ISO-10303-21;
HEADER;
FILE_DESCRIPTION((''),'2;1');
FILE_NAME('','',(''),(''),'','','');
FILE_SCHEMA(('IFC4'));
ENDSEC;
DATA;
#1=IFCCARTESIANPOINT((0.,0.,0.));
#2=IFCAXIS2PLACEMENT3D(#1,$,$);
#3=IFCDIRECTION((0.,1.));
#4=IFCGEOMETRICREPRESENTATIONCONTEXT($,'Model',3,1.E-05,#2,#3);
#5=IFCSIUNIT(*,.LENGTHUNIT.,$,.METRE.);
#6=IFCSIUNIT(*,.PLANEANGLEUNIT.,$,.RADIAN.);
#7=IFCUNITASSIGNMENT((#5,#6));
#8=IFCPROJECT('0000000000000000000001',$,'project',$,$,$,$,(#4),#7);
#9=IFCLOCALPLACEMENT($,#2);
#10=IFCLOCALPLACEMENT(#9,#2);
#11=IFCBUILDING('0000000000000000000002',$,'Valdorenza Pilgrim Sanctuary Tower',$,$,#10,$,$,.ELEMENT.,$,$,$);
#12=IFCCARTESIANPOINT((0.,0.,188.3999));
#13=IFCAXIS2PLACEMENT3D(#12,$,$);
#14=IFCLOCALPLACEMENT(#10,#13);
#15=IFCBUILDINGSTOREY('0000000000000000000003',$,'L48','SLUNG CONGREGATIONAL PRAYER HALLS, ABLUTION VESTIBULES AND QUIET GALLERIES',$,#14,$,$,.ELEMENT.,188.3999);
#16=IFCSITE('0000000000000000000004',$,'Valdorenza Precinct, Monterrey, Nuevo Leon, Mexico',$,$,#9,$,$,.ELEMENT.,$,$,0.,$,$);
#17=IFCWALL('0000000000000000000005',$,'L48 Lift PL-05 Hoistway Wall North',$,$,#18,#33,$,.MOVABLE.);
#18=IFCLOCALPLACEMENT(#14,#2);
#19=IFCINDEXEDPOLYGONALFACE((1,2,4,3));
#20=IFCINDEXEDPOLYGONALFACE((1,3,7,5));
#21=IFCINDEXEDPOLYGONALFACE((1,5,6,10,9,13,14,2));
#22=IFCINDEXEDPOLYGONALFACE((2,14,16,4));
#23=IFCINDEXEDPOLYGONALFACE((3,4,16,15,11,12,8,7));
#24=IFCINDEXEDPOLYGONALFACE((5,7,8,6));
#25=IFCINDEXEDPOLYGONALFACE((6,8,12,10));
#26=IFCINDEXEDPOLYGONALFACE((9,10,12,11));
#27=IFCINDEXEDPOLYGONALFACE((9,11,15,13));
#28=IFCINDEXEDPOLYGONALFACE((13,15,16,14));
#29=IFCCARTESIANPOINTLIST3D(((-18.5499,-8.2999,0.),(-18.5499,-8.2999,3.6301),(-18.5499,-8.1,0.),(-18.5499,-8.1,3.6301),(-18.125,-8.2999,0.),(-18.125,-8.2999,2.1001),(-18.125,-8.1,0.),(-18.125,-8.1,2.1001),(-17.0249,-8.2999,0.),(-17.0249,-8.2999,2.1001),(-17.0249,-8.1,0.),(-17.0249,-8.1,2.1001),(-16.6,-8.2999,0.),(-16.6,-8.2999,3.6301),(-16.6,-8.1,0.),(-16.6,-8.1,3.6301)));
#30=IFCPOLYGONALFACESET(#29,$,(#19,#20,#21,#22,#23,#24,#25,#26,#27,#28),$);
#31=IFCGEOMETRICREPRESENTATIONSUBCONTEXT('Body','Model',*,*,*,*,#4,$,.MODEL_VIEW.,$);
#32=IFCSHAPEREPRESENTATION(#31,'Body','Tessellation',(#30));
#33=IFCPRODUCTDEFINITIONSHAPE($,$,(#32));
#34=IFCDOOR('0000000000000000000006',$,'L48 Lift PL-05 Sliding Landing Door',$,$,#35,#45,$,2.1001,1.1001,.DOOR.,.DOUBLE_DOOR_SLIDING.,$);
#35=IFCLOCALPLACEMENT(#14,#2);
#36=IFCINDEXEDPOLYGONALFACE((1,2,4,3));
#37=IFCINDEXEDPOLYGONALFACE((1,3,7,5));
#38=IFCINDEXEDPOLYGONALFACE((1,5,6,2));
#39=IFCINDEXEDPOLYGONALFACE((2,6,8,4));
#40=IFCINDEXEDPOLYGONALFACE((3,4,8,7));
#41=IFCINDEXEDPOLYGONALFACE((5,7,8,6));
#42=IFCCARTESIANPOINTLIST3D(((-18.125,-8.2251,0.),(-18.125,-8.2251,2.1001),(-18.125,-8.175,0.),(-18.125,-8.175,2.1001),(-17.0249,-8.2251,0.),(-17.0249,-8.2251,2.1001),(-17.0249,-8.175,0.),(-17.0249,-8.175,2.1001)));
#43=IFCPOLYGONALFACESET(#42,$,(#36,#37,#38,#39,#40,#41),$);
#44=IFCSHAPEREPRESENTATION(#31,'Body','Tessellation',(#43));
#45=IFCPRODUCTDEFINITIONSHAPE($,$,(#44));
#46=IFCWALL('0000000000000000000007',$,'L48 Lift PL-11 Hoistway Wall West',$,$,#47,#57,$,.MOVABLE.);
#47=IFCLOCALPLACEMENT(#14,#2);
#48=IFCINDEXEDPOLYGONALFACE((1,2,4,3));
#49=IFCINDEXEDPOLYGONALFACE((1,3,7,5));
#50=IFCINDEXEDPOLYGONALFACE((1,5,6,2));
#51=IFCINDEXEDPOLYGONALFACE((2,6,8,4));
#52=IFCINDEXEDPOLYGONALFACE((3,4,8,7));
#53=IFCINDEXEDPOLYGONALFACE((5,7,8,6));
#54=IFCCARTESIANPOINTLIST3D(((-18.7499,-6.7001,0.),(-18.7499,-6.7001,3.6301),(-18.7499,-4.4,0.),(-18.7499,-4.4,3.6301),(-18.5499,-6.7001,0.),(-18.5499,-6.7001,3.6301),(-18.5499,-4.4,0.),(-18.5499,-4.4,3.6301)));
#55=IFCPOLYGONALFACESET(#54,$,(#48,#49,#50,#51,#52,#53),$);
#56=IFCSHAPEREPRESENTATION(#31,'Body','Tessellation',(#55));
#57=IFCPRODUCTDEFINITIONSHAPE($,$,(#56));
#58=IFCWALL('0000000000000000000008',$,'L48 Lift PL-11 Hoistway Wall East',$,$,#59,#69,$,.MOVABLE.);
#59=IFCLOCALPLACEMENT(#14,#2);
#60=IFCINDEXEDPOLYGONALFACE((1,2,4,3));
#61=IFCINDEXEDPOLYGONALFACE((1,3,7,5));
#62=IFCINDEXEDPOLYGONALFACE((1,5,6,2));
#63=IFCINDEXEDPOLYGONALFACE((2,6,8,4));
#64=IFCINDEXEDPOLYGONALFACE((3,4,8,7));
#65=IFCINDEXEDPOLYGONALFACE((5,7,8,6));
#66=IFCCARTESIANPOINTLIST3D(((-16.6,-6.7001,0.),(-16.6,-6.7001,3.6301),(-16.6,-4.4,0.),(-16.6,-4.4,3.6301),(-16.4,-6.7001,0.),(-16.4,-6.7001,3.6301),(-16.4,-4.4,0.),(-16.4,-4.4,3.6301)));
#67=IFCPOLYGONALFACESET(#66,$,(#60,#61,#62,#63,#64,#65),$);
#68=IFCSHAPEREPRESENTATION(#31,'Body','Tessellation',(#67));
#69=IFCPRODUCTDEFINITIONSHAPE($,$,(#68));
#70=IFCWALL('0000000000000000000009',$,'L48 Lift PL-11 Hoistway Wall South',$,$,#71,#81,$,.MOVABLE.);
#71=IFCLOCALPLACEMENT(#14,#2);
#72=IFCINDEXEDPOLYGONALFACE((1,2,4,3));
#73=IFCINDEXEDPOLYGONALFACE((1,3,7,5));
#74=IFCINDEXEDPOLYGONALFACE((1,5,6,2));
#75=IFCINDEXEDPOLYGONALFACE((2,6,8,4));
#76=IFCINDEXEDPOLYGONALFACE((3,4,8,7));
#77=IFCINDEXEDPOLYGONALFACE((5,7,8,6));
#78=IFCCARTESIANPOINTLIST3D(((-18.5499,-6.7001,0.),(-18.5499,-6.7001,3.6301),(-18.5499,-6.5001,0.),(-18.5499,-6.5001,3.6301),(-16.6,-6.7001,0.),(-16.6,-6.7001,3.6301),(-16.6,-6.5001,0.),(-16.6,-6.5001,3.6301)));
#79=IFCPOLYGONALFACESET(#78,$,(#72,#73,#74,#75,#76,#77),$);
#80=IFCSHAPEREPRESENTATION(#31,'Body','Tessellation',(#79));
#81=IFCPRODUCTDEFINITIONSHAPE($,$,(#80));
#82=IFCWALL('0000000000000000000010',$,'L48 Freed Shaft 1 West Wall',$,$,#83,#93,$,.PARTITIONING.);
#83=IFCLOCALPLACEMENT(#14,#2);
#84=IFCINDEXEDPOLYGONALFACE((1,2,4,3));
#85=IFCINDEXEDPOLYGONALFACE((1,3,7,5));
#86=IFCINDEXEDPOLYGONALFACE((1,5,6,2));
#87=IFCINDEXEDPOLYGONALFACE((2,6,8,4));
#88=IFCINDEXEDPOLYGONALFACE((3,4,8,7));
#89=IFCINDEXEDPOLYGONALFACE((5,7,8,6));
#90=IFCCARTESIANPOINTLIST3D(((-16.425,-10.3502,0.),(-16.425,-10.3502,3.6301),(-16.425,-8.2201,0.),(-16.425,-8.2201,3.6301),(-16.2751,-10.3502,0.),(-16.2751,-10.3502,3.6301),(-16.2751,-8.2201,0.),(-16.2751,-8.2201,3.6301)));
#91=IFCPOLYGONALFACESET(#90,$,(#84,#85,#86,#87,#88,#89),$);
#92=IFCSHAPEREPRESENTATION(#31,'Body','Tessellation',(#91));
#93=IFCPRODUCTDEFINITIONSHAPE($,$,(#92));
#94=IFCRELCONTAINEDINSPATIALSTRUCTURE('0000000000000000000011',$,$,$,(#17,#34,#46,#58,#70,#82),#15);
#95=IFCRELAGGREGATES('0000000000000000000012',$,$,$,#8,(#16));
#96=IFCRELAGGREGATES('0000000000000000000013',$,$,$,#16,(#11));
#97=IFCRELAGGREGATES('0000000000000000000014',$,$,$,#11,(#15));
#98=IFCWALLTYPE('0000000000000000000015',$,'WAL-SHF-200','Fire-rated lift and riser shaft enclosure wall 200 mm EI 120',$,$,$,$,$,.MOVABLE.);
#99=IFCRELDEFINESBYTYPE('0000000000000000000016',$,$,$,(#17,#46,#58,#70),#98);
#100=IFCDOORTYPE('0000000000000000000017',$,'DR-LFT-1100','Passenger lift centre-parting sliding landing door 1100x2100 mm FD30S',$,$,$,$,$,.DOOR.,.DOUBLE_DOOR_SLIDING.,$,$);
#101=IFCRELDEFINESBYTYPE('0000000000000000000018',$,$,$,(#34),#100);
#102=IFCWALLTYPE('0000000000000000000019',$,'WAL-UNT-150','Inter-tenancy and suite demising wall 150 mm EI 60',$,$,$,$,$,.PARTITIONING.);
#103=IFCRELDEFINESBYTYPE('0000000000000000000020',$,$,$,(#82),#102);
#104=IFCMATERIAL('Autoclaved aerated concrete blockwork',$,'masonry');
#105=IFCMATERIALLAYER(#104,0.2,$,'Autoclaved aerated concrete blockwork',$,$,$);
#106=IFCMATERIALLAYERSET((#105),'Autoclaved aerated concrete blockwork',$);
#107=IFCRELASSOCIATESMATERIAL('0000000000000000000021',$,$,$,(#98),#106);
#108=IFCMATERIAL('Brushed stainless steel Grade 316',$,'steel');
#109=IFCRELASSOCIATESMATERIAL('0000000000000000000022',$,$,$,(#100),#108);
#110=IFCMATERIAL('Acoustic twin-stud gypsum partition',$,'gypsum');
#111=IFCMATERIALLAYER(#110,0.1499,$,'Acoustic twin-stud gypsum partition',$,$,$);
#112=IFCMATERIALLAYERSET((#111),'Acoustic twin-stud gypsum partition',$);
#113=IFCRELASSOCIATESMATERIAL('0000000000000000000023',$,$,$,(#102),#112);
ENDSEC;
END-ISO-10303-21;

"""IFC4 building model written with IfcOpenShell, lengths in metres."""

from ifc_helpers import new_model, si_unit, direction, frame, frame_2d, origin, place, context, subcontext, project, spatial, rectangle, extrude, material, layer, layer_set, type_object, element, fill, save


model = new_model("IFC4")

# Units and contexts
model_context = context("Model", 3, precision=1e-05, world=origin(), true_north=direction((0.0, 1.0)))
body_context = subcontext(model_context, "Body", "Model", "MODEL_VIEW")
ifc_project = project(units=[si_unit("LENGTHUNIT", "METRE"), si_unit("PLANEANGLEUNIT", "RADIAN")], contexts=[model_context])

# Site, building, storey
site_placement = place(None, origin())
site = spatial("IfcSite", under=ifc_project, at=site_placement, Name="Valdorenza Precinct, Monterrey, Nuevo Leon, Mexico", CompositionType="ELEMENT", RefElevation=0.0)
building_placement = place(site_placement, origin())
building = spatial("IfcBuilding", under=site, at=building_placement, Name="Valdorenza Pilgrim Sanctuary Tower", CompositionType="ELEMENT")
storey_placement = place(building_placement, frame((0.0, 0.0, 188.3999)))
storey = spatial("IfcBuildingStorey", under=building, at=storey_placement, Name="L48", Description="SLUNG CONGREGATIONAL PRAYER HALLS, ABLUTION VESTIBULES AND QUIET GALLERIES", CompositionType="ELEMENT", Elevation=188.3999)

# Shared definitions
ifc_material_1 = material(Name="Acoustic twin-stud gypsum partition", Category="gypsum")

# Shared definitions
ifc_material_2 = material(Name="Autoclaved aerated concrete blockwork", Category="masonry")
ifc_layer_1 = layer(ifc_material_2, 0.2, Name="Autoclaved aerated concrete blockwork")
ifc_layer_set_1 = layer_set([ifc_layer_1], Name="Autoclaved aerated concrete blockwork")
wall_type_1 = type_object("IfcWallType", Name="WAL-SHF-200", Description="Fire-rated lift and riser shaft enclosure wall 200 mm EI 120", PredefinedType="MOVABLE", material=ifc_layer_set_1)

# Wall, opening, door
wall_1_placement = place(storey_placement, frame((-18.55, -8.2, 0.0), z_axis=(0.0, 0.0, 1.0), x_axis=(1.0, 0.0, 0.0)))
wall_1 = element("IfcWall", 1, at=wall_1_placement, inside=storey, type_object=wall_type_1, Name="L48 Lift PL-05 Hoistway Wall North", PredefinedType="MOVABLE", context=body_context, shape_type="SweptSolid", body=[
    extrude(rectangle(XDim=1.95, YDim=0.2, at=frame_2d((0.9751, 0.0))), origin(), (0.0, 0.0, 1.0), 3.6301),
])
opening_1_placement = place(wall_1_placement, frame((0.425, 0.0, 0.0)))
opening_1 = element("IfcOpeningElement", 2, at=opening_1_placement, cuts=wall_1, PredefinedType="OPENING", context=body_context, shape_type="SweptSolid", body=[
    extrude(rectangle(XDim=1.1001, YDim=2.1001, at=frame_2d((0.55, 1.05))), frame((0.0, 0.1147, 0.0), z_axis=(0.0, -1.0, 0.0), x_axis=(1.0, 0.0, 0.0)), (0.0, 0.0, 1.0), 0.2297),
])
ifc_material_3 = material(Name="Brushed stainless steel Grade 316", Category="steel")
door_type_1 = type_object("IfcDoorType", Name="DR-LFT-1100", Description="Passenger lift centre-parting sliding landing door 1100x2100 mm FD30S", OperationType="DOUBLE_DOOR_SLIDING", PredefinedType="DOOR", material=ifc_material_3)
door_1_placement = place(opening_1_placement, origin())
door_1 = element("IfcDoor", 3, at=door_1_placement, inside=storey, type_object=door_type_1, Name="L48 Lift PL-05 Sliding Landing Door", OperationType="DOUBLE_DOOR_SLIDING", OverallHeight=2.1001, OverallWidth=1.1001, PredefinedType="DOOR", context=body_context, shape_type="SweptSolid", body=[
    extrude(rectangle(XDim=1.1001, YDim=2.1001, at=frame_2d((0.55, 1.05))), frame((0.0, 0.0249, 0.0), z_axis=(0.0, -1.0, 0.0), x_axis=(1.0, 0.0, 0.0)), (0.0, 0.0, 1.0), 0.05),
])
fill(opening_1, door_1)

# Walls
for number, where, z_axis, x_axis, name in (
    (4, (-18.6499, -6.7, 0.0), (0.0, 0.0, 1.0), (0.0, 1.0, 0.0), "L48 Lift PL-11 Hoistway Wall West"),
    (5, (-16.5, -6.7, 0.0), (0.0, 0.0, 1.0), (0.0, 1.0, 0.0), "L48 Lift PL-11 Hoistway Wall East"),
):
    element("IfcWall", number, at=place(storey_placement, frame(where, z_axis=z_axis, x_axis=x_axis)), inside=storey, type_object=wall_type_1, Name=name, PredefinedType="MOVABLE", context=body_context, shape_type="SweptSolid", body=[
        extrude(rectangle(XDim=2.3, YDim=0.2, at=frame_2d((1.1499, 0.0))), origin(), (0.0, 0.0, 1.0), 3.6301),
    ])
wall_2_placement = place(storey_placement, frame((-18.55, -6.6001, 0.0), z_axis=(0.0, 0.0, 1.0), x_axis=(1.0, 0.0, 0.0)))
element("IfcWall", 6, at=wall_2_placement, inside=storey, type_object=wall_type_1, Name="L48 Lift PL-11 Hoistway Wall South", PredefinedType="MOVABLE", context=body_context, shape_type="SweptSolid", body=[
    extrude(rectangle(XDim=1.95, YDim=0.2, at=frame_2d((0.9751, 0.0))), origin(), (0.0, 0.0, 1.0), 3.6301),
])
ifc_layer_2 = layer(ifc_material_1, 0.1499, Name="Acoustic twin-stud gypsum partition")
ifc_layer_set_2 = layer_set([ifc_layer_2], Name="Acoustic twin-stud gypsum partition")
wall_type_2 = type_object("IfcWallType", Name="WAL-UNT-150", Description="Inter-tenancy and suite demising wall 150 mm EI 60", PredefinedType="PARTITIONING", material=ifc_layer_set_2)
wall_3_placement = place(storey_placement, frame((-16.3501, -10.3501, 0.0), z_axis=(0.0, 0.0, 1.0), x_axis=(0.0, 1.0, 0.0)))
element("IfcWall", 7, at=wall_3_placement, inside=storey, type_object=wall_type_2, Name="L48 Freed Shaft 1 West Wall", PredefinedType="PARTITIONING", context=body_context, shape_type="SweptSolid", body=[
    extrude(rectangle(XDim=2.1301, YDim=0.1499, at=frame_2d((1.0649, 0.0))), origin(), (0.0, 0.0, 1.0), 3.6301),
])

save(model, "model.ifc")
